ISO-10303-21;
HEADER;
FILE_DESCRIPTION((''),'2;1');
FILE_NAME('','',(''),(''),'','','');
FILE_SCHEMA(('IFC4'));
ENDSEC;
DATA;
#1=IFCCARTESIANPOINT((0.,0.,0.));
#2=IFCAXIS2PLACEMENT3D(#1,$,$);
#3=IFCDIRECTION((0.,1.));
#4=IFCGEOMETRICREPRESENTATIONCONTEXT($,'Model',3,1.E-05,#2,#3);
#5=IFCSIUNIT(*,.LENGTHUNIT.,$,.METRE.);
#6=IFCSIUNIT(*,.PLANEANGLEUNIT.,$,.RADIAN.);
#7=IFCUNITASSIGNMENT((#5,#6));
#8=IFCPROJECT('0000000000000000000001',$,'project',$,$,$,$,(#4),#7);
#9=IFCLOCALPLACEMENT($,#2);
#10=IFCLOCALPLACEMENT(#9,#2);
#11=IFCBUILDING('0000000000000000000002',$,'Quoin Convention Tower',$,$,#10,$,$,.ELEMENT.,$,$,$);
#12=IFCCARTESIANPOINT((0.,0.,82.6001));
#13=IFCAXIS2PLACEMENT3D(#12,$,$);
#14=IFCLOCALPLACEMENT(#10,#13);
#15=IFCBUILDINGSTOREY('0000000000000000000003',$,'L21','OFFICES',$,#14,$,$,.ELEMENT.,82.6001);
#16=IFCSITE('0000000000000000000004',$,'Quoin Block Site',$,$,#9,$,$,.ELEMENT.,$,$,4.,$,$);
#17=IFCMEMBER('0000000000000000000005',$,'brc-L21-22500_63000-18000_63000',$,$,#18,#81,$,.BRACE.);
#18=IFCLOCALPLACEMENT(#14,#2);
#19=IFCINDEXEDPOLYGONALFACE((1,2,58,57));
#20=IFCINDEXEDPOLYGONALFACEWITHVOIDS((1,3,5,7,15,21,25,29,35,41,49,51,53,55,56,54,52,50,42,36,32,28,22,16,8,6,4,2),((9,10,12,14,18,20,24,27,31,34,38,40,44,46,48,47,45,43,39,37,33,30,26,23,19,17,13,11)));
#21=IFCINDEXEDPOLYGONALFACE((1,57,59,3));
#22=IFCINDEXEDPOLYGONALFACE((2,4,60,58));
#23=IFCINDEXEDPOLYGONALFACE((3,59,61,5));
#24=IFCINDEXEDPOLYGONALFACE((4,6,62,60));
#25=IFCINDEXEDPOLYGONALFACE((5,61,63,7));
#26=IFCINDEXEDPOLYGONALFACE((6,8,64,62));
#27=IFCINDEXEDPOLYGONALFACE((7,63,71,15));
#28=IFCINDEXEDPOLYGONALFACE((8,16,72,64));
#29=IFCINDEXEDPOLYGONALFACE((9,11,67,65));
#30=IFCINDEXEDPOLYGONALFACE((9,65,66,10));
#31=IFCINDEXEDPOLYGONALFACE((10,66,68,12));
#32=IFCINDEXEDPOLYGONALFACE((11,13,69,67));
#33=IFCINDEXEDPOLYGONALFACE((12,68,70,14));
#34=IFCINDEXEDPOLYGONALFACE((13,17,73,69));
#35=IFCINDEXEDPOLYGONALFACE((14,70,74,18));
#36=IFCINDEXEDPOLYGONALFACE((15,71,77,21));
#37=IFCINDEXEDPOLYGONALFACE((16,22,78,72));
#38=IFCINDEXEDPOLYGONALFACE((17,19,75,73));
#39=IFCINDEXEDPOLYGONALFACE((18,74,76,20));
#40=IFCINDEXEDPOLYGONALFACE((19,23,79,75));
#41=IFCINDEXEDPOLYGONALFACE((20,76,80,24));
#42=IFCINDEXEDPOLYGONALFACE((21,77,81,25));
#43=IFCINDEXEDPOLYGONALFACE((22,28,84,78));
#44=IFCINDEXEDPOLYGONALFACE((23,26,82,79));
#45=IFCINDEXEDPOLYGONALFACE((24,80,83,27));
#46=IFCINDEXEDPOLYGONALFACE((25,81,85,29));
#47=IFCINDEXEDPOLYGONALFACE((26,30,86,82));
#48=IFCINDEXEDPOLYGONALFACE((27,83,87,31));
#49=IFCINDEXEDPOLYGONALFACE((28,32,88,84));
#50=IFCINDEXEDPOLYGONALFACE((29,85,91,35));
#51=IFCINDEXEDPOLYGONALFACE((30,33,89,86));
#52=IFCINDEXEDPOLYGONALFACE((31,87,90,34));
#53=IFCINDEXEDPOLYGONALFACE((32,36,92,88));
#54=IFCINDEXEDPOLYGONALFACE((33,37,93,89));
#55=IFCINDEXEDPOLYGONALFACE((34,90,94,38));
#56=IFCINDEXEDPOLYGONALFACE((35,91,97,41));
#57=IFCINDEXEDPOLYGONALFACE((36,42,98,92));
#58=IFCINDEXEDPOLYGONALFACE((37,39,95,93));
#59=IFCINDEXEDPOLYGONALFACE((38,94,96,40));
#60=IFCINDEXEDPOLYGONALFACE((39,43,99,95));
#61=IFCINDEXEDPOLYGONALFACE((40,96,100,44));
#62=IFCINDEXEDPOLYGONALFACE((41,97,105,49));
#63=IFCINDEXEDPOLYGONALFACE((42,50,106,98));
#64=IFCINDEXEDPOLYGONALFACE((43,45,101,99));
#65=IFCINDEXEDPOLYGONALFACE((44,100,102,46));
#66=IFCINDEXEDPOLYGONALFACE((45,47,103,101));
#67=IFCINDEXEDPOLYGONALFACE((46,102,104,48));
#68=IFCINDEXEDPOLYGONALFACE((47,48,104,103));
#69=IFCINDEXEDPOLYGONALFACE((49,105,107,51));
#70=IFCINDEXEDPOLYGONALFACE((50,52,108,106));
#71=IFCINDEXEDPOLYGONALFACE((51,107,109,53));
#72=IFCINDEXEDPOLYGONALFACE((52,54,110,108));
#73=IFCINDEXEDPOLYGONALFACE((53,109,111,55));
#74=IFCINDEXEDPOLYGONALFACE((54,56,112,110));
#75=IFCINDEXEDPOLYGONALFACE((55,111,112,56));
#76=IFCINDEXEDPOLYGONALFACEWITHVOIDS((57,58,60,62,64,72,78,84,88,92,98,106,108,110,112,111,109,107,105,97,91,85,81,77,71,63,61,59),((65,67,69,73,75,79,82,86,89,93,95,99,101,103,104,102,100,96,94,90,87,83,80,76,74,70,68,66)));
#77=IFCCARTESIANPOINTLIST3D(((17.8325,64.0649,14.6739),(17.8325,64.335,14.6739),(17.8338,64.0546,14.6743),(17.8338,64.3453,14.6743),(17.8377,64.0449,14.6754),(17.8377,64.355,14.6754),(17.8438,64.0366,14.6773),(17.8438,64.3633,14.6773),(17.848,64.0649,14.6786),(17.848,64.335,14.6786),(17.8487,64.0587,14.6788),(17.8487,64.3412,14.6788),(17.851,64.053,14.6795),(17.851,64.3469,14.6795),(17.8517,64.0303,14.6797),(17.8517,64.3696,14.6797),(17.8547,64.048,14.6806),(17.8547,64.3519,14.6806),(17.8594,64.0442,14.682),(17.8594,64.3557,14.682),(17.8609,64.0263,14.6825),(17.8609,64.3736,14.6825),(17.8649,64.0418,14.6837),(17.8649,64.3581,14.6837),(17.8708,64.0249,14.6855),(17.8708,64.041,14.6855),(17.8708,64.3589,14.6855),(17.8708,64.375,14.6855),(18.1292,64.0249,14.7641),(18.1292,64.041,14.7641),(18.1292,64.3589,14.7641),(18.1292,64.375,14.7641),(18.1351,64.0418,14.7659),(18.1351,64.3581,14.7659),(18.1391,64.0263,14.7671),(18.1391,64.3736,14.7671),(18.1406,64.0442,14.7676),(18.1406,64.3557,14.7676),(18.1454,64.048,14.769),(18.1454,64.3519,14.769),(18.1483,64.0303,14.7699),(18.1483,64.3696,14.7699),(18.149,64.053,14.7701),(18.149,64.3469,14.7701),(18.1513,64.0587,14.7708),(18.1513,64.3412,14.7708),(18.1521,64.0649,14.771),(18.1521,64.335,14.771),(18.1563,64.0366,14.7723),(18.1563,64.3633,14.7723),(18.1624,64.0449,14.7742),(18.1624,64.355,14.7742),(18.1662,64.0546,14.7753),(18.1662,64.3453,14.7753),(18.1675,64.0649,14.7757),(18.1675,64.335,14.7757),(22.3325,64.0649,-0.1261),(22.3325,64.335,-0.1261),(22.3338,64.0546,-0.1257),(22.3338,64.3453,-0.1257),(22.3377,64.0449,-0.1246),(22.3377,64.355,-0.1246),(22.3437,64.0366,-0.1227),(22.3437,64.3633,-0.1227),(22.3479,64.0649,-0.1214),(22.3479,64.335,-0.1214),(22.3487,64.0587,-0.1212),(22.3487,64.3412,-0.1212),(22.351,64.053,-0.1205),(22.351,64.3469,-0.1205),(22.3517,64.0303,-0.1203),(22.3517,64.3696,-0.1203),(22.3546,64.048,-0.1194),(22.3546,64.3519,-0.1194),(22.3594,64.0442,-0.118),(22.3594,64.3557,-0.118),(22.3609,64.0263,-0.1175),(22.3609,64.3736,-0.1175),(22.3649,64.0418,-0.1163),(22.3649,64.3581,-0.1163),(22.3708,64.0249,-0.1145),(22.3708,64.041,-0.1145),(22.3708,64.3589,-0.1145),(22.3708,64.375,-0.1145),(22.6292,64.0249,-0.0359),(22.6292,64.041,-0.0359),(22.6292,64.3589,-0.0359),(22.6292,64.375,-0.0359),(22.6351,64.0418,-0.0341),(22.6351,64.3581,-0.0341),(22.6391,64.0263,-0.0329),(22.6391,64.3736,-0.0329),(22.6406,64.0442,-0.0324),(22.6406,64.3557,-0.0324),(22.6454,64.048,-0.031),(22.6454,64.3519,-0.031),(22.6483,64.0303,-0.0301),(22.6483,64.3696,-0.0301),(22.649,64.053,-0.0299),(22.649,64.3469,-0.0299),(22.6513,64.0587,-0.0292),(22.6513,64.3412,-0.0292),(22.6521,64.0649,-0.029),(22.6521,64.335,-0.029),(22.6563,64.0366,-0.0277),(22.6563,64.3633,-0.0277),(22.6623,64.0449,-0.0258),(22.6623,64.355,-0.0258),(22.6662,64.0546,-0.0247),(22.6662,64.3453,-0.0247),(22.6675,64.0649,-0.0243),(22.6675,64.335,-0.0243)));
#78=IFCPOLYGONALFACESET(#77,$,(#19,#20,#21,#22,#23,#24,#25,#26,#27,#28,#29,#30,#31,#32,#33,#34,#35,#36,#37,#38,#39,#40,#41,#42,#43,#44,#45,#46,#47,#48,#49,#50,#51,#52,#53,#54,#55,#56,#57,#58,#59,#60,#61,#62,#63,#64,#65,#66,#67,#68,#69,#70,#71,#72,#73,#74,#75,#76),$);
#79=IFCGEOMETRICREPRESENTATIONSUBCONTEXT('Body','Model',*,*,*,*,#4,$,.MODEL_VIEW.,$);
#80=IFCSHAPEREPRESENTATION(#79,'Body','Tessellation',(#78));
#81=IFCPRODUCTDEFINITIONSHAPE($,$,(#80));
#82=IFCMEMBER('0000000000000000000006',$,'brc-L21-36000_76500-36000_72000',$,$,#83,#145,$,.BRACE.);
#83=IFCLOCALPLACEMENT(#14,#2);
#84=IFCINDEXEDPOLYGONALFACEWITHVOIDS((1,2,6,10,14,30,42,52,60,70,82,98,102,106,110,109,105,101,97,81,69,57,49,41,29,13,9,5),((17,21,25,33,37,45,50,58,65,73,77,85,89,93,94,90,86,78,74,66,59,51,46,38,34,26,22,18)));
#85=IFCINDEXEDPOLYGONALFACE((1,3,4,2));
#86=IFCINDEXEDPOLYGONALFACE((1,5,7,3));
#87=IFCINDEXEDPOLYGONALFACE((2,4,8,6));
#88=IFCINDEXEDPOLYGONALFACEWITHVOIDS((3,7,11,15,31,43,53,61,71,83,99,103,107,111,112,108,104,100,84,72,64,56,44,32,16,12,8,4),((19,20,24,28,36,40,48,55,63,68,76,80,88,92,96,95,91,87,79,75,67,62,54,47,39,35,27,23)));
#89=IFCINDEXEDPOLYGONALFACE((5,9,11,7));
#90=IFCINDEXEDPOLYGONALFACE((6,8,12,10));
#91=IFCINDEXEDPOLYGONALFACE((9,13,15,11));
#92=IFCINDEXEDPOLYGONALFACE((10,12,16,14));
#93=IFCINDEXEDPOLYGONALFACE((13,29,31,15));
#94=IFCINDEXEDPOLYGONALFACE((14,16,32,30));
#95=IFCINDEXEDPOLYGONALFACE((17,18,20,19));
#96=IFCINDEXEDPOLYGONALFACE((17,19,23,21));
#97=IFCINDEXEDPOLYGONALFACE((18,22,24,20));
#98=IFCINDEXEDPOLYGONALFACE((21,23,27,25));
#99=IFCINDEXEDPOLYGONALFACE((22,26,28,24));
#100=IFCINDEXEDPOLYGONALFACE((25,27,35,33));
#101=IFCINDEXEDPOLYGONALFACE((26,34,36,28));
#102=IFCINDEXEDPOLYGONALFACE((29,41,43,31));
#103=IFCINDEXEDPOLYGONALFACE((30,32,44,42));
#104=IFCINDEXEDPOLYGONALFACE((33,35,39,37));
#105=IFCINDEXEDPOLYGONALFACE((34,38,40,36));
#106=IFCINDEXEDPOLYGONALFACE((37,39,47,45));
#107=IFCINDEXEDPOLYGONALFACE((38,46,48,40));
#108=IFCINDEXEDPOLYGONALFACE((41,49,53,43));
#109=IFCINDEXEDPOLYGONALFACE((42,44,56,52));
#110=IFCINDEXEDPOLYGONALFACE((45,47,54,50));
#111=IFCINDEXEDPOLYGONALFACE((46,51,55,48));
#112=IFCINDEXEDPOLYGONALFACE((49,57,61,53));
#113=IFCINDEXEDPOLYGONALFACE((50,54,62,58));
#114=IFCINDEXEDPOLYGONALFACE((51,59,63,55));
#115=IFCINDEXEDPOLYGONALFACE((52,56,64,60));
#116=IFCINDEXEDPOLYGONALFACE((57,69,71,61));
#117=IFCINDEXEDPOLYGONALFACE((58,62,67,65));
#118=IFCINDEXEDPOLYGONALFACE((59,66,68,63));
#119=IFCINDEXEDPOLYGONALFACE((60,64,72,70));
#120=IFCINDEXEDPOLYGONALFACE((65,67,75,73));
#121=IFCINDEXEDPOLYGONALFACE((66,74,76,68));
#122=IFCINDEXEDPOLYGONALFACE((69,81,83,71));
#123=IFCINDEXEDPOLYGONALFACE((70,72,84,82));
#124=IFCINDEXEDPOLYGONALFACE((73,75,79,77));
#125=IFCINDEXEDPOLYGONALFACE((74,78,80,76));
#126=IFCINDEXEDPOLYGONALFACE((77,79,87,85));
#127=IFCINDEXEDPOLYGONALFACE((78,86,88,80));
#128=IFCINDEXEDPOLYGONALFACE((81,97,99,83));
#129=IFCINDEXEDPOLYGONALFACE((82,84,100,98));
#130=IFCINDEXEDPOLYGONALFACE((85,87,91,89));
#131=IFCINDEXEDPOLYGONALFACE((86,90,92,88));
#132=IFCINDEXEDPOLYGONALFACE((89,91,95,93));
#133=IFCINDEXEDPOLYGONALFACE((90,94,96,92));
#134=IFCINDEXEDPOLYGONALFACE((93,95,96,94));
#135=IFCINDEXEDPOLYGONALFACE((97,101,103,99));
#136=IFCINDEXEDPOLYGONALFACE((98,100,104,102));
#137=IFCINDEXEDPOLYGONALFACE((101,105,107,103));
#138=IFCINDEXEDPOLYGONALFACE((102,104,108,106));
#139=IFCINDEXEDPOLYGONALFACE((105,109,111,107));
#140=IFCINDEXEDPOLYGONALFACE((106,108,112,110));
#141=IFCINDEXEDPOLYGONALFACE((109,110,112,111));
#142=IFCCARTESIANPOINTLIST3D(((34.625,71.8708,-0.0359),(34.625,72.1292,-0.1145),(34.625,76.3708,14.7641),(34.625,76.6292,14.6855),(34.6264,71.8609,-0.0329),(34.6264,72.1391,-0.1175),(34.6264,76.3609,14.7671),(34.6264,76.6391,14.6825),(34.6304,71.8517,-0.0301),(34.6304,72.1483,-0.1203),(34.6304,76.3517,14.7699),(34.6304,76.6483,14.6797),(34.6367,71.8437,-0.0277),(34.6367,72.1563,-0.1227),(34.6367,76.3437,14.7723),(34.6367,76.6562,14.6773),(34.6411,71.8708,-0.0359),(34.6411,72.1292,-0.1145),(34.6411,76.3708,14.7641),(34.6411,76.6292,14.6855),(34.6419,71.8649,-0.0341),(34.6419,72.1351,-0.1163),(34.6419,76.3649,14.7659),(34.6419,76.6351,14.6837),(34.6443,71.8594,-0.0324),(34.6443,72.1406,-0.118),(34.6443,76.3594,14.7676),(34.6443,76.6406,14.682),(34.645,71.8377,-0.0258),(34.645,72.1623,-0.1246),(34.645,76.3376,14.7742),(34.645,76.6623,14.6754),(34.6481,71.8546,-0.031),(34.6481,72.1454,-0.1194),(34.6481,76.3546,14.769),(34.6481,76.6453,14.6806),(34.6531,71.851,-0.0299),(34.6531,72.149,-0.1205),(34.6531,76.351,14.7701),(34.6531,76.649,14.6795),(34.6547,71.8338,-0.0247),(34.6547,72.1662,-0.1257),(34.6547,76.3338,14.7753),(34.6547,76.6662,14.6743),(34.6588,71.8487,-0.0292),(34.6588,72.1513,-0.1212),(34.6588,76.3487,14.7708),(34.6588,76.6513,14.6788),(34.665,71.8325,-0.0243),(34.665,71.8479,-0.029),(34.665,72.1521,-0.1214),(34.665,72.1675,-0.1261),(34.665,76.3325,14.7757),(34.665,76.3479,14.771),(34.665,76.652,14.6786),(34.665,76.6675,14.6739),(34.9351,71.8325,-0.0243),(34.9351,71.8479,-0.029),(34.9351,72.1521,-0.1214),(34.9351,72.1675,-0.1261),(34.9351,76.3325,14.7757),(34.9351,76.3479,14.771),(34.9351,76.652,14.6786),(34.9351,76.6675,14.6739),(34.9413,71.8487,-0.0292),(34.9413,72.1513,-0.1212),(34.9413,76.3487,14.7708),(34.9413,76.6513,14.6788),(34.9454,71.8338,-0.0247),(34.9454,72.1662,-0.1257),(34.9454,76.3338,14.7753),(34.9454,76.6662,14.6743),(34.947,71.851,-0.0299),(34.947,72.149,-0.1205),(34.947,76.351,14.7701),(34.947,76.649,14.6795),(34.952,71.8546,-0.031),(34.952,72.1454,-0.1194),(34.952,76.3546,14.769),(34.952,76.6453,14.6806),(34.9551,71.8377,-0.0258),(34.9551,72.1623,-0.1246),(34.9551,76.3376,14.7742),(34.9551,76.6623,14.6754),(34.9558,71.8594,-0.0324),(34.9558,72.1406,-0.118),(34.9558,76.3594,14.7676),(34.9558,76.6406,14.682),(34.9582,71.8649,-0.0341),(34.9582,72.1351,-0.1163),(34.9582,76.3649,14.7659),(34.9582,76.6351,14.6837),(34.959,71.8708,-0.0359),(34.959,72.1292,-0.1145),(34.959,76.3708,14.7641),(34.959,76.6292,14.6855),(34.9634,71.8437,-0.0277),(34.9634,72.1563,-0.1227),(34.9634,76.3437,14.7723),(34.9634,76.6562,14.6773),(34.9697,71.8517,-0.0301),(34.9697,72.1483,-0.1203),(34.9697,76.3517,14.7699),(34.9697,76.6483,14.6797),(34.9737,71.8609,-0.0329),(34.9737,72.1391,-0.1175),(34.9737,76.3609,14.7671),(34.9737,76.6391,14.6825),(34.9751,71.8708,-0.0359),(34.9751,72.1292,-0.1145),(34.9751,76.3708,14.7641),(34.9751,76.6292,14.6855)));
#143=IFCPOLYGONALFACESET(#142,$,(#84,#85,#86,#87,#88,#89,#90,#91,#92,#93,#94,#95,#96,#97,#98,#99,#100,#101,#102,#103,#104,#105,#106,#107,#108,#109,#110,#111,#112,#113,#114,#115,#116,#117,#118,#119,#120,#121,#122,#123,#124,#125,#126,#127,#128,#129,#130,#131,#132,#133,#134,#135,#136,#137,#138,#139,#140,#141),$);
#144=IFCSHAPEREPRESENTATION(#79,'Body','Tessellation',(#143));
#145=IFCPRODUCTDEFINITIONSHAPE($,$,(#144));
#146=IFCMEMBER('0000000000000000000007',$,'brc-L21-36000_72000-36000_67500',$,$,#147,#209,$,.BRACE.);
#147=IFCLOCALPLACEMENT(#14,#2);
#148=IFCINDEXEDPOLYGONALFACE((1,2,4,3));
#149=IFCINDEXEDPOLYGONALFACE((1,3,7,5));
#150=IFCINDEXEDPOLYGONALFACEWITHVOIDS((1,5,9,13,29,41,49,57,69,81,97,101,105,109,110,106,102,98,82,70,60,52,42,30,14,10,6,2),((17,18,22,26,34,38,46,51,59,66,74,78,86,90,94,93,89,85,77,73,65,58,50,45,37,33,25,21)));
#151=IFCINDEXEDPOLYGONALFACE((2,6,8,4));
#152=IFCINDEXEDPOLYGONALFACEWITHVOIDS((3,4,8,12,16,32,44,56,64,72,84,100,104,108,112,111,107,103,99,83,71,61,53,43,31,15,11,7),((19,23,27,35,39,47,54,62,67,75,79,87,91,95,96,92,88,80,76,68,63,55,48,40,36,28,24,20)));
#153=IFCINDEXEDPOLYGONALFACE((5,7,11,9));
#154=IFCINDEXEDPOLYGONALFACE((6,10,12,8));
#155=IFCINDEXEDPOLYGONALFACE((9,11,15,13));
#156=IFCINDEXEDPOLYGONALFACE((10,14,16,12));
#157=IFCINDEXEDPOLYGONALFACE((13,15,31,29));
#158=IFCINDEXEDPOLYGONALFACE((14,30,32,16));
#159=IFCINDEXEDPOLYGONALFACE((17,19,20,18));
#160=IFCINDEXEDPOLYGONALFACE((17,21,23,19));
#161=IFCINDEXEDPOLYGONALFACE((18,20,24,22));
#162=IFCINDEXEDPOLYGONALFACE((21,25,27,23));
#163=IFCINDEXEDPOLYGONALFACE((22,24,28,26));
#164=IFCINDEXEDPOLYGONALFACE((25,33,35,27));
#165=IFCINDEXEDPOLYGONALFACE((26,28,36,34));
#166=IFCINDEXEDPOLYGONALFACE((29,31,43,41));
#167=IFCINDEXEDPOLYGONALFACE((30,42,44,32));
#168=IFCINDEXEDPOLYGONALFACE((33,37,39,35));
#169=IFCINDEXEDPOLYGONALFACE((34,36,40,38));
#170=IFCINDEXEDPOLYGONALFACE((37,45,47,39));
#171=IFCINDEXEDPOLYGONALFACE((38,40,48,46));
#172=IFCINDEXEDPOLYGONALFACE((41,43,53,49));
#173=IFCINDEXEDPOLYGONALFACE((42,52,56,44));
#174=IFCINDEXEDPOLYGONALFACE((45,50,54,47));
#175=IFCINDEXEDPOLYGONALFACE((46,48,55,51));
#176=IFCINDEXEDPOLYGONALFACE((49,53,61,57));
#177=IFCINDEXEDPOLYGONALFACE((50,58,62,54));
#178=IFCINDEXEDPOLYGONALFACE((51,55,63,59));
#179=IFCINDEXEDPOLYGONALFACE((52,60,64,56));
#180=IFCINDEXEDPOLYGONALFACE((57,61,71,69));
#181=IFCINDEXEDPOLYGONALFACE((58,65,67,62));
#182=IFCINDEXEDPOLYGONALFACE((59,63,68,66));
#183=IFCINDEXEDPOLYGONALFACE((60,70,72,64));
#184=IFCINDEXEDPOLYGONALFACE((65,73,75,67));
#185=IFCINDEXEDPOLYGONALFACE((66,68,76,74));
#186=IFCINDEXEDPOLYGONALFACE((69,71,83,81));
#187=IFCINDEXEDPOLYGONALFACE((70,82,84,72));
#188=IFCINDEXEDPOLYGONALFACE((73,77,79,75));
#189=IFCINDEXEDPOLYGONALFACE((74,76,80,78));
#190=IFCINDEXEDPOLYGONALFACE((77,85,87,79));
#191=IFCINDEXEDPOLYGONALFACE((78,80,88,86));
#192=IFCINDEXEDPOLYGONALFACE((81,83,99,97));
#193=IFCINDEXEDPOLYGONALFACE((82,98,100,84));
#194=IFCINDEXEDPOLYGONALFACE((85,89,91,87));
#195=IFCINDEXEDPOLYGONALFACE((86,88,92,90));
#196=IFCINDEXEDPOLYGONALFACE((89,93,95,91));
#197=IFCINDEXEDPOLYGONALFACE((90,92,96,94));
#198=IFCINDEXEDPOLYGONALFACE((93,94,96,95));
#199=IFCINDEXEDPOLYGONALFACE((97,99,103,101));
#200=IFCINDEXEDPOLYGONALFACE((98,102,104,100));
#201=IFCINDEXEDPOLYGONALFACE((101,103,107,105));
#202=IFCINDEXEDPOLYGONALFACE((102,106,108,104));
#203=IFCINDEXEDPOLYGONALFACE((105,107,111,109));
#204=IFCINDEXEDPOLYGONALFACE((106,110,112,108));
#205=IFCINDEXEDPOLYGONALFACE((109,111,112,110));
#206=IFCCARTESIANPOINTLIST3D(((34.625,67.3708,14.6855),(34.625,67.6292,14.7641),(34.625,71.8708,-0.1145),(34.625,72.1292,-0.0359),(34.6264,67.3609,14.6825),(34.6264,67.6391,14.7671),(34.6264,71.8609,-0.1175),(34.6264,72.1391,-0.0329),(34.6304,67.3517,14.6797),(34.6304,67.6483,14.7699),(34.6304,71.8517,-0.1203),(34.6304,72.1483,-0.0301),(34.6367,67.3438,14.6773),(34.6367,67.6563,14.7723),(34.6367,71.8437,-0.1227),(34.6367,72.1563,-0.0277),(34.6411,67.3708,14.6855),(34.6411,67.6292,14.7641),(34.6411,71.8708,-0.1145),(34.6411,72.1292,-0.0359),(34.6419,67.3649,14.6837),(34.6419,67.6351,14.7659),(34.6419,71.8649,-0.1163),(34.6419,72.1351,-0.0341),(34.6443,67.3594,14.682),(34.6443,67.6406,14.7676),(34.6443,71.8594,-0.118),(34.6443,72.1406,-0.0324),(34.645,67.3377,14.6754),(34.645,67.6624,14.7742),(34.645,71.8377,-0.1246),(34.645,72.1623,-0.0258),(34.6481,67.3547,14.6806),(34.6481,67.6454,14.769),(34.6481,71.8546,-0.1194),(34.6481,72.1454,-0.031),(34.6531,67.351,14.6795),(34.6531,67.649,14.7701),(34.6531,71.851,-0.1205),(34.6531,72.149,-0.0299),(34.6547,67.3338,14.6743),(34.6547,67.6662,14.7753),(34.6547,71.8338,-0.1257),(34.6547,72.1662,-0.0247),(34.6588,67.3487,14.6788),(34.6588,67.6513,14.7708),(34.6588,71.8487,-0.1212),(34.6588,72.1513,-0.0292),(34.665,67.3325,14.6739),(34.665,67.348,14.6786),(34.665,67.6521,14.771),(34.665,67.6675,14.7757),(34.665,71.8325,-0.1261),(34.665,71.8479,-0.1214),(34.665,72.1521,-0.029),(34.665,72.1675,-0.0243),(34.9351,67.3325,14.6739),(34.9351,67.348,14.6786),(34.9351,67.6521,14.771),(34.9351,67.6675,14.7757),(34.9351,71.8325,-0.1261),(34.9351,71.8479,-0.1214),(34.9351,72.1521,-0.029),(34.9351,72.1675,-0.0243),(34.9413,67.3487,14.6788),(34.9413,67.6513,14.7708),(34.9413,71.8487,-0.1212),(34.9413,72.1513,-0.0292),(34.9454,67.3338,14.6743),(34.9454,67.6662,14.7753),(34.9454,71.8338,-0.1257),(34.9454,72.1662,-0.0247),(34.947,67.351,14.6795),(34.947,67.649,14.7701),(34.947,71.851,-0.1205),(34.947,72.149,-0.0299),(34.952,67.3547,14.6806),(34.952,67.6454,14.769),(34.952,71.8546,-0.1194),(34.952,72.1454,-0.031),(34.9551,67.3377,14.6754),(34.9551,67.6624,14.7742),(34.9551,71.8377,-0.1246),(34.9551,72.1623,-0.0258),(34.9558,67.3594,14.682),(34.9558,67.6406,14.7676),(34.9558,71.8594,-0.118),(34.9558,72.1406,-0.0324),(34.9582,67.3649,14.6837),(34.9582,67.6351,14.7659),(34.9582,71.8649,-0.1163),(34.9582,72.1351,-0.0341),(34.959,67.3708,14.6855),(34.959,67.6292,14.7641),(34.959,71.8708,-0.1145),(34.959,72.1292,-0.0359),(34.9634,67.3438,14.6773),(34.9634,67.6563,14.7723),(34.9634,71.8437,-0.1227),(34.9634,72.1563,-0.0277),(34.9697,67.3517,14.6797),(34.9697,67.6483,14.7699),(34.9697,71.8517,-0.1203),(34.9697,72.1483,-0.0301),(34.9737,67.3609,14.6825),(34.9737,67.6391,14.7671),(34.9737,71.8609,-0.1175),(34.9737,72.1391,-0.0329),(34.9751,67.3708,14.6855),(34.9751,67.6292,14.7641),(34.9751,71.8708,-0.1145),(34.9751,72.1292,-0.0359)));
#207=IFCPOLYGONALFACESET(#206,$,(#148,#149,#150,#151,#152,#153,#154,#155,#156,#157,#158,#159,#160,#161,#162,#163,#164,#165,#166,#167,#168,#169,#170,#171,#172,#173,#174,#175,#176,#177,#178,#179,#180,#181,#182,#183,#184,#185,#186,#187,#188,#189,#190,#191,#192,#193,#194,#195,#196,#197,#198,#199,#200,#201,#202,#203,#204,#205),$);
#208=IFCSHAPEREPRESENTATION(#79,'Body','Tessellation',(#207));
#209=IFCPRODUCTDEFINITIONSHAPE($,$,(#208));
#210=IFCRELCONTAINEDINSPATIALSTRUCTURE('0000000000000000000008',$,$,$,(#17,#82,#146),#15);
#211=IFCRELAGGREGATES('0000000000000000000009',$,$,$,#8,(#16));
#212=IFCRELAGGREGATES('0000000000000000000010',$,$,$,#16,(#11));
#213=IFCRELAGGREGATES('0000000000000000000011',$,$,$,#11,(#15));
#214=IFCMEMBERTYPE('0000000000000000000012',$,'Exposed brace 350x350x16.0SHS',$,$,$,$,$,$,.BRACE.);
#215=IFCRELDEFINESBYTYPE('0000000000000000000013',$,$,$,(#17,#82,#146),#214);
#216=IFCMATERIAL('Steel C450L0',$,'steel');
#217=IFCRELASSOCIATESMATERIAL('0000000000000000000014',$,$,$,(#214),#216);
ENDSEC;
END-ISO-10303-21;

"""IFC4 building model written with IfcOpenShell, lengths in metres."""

from ifc_helpers import new_model, si_unit, direction, frame, origin, origin_2d, place, context, subcontext, project, spatial, hollow_rectangle, extrude, material, material_profile, profile_set, type_object, element, save


model = new_model("IFC4")

# Units and contexts
model_context = context("Model", 3, precision=1e-05, world=origin(), true_north=direction((0.0, 1.0)))
body_context = subcontext(model_context, "Body", "Model", "MODEL_VIEW")
ifc_project = project(units=[si_unit("LENGTHUNIT", "METRE"), si_unit("PLANEANGLEUNIT", "RADIAN")], contexts=[model_context])

# Site, building, storey
site_placement = place(None, origin())
site = spatial("IfcSite", under=ifc_project, at=site_placement, Name="Quoin Block Site", CompositionType="ELEMENT", RefElevation=4.0)
building_placement = place(site_placement, origin())
building = spatial("IfcBuilding", under=site, at=building_placement, Name="Quoin Convention Tower", CompositionType="ELEMENT")
storey_placement = place(building_placement, frame((0.0, 0.0, 82.6001)))
storey = spatial("IfcBuildingStorey", under=building, at=storey_placement, Name="L21", Description="OFFICES", CompositionType="ELEMENT", Elevation=82.6001)

# Members
ifc_material_1 = material(Name="Steel C450L0", Category="steel")
ifc_material_profile_1 = material_profile(ifc_material_1, hollow_rectangle(XDim=0.3501, YDim=0.3501, WallThickness=0.0161, InnerFilletRadius=0.0239, OuterFilletRadius=0.04, at=origin_2d()), Name="350x350x16.0SHS")
ifc_profile_set_1 = profile_set([ifc_material_profile_1], Name="Steel C450L0")
member_type = type_object("IfcMemberType", Name="Exposed brace 350x350x16.0SHS", PredefinedType="BRACE", material=ifc_profile_set_1)
for number, where, z_axis, x_axis, name in (
    (1, (22.5, 64.2, -0.0752), (-0.290903, 0.0, 0.956752), (0.0, -1.0, 0.0), "brc-L21-22500_63000-18000_63000"),
    (2, (34.8, 72.0, -0.0752), (0.0, 0.290903, 0.956752), (-1.0, 0.0, 0.0), "brc-L21-36000_76500-36000_72000"),
    (3, (34.8, 72.0, -0.0752), (0.0, -0.290903, 0.956752), (1.0, 0.0, 0.0), "brc-L21-36000_72000-36000_67500"),
):
    element("IfcMember", number, at=place(storey_placement, frame(where, z_axis=z_axis, x_axis=x_axis)), inside=storey, type_object=member_type, Name=name, PredefinedType="BRACE", context=body_context, shape_type="SweptSolid", body=[
        extrude(hollow_rectangle(XDim=0.3501, YDim=0.3501, WallThickness=0.0161, InnerFilletRadius=0.0239, OuterFilletRadius=0.04, at=origin_2d()), origin(), (0.0, 0.0, 1.0), 15.469),
    ])

save(model, "model.ifc")
